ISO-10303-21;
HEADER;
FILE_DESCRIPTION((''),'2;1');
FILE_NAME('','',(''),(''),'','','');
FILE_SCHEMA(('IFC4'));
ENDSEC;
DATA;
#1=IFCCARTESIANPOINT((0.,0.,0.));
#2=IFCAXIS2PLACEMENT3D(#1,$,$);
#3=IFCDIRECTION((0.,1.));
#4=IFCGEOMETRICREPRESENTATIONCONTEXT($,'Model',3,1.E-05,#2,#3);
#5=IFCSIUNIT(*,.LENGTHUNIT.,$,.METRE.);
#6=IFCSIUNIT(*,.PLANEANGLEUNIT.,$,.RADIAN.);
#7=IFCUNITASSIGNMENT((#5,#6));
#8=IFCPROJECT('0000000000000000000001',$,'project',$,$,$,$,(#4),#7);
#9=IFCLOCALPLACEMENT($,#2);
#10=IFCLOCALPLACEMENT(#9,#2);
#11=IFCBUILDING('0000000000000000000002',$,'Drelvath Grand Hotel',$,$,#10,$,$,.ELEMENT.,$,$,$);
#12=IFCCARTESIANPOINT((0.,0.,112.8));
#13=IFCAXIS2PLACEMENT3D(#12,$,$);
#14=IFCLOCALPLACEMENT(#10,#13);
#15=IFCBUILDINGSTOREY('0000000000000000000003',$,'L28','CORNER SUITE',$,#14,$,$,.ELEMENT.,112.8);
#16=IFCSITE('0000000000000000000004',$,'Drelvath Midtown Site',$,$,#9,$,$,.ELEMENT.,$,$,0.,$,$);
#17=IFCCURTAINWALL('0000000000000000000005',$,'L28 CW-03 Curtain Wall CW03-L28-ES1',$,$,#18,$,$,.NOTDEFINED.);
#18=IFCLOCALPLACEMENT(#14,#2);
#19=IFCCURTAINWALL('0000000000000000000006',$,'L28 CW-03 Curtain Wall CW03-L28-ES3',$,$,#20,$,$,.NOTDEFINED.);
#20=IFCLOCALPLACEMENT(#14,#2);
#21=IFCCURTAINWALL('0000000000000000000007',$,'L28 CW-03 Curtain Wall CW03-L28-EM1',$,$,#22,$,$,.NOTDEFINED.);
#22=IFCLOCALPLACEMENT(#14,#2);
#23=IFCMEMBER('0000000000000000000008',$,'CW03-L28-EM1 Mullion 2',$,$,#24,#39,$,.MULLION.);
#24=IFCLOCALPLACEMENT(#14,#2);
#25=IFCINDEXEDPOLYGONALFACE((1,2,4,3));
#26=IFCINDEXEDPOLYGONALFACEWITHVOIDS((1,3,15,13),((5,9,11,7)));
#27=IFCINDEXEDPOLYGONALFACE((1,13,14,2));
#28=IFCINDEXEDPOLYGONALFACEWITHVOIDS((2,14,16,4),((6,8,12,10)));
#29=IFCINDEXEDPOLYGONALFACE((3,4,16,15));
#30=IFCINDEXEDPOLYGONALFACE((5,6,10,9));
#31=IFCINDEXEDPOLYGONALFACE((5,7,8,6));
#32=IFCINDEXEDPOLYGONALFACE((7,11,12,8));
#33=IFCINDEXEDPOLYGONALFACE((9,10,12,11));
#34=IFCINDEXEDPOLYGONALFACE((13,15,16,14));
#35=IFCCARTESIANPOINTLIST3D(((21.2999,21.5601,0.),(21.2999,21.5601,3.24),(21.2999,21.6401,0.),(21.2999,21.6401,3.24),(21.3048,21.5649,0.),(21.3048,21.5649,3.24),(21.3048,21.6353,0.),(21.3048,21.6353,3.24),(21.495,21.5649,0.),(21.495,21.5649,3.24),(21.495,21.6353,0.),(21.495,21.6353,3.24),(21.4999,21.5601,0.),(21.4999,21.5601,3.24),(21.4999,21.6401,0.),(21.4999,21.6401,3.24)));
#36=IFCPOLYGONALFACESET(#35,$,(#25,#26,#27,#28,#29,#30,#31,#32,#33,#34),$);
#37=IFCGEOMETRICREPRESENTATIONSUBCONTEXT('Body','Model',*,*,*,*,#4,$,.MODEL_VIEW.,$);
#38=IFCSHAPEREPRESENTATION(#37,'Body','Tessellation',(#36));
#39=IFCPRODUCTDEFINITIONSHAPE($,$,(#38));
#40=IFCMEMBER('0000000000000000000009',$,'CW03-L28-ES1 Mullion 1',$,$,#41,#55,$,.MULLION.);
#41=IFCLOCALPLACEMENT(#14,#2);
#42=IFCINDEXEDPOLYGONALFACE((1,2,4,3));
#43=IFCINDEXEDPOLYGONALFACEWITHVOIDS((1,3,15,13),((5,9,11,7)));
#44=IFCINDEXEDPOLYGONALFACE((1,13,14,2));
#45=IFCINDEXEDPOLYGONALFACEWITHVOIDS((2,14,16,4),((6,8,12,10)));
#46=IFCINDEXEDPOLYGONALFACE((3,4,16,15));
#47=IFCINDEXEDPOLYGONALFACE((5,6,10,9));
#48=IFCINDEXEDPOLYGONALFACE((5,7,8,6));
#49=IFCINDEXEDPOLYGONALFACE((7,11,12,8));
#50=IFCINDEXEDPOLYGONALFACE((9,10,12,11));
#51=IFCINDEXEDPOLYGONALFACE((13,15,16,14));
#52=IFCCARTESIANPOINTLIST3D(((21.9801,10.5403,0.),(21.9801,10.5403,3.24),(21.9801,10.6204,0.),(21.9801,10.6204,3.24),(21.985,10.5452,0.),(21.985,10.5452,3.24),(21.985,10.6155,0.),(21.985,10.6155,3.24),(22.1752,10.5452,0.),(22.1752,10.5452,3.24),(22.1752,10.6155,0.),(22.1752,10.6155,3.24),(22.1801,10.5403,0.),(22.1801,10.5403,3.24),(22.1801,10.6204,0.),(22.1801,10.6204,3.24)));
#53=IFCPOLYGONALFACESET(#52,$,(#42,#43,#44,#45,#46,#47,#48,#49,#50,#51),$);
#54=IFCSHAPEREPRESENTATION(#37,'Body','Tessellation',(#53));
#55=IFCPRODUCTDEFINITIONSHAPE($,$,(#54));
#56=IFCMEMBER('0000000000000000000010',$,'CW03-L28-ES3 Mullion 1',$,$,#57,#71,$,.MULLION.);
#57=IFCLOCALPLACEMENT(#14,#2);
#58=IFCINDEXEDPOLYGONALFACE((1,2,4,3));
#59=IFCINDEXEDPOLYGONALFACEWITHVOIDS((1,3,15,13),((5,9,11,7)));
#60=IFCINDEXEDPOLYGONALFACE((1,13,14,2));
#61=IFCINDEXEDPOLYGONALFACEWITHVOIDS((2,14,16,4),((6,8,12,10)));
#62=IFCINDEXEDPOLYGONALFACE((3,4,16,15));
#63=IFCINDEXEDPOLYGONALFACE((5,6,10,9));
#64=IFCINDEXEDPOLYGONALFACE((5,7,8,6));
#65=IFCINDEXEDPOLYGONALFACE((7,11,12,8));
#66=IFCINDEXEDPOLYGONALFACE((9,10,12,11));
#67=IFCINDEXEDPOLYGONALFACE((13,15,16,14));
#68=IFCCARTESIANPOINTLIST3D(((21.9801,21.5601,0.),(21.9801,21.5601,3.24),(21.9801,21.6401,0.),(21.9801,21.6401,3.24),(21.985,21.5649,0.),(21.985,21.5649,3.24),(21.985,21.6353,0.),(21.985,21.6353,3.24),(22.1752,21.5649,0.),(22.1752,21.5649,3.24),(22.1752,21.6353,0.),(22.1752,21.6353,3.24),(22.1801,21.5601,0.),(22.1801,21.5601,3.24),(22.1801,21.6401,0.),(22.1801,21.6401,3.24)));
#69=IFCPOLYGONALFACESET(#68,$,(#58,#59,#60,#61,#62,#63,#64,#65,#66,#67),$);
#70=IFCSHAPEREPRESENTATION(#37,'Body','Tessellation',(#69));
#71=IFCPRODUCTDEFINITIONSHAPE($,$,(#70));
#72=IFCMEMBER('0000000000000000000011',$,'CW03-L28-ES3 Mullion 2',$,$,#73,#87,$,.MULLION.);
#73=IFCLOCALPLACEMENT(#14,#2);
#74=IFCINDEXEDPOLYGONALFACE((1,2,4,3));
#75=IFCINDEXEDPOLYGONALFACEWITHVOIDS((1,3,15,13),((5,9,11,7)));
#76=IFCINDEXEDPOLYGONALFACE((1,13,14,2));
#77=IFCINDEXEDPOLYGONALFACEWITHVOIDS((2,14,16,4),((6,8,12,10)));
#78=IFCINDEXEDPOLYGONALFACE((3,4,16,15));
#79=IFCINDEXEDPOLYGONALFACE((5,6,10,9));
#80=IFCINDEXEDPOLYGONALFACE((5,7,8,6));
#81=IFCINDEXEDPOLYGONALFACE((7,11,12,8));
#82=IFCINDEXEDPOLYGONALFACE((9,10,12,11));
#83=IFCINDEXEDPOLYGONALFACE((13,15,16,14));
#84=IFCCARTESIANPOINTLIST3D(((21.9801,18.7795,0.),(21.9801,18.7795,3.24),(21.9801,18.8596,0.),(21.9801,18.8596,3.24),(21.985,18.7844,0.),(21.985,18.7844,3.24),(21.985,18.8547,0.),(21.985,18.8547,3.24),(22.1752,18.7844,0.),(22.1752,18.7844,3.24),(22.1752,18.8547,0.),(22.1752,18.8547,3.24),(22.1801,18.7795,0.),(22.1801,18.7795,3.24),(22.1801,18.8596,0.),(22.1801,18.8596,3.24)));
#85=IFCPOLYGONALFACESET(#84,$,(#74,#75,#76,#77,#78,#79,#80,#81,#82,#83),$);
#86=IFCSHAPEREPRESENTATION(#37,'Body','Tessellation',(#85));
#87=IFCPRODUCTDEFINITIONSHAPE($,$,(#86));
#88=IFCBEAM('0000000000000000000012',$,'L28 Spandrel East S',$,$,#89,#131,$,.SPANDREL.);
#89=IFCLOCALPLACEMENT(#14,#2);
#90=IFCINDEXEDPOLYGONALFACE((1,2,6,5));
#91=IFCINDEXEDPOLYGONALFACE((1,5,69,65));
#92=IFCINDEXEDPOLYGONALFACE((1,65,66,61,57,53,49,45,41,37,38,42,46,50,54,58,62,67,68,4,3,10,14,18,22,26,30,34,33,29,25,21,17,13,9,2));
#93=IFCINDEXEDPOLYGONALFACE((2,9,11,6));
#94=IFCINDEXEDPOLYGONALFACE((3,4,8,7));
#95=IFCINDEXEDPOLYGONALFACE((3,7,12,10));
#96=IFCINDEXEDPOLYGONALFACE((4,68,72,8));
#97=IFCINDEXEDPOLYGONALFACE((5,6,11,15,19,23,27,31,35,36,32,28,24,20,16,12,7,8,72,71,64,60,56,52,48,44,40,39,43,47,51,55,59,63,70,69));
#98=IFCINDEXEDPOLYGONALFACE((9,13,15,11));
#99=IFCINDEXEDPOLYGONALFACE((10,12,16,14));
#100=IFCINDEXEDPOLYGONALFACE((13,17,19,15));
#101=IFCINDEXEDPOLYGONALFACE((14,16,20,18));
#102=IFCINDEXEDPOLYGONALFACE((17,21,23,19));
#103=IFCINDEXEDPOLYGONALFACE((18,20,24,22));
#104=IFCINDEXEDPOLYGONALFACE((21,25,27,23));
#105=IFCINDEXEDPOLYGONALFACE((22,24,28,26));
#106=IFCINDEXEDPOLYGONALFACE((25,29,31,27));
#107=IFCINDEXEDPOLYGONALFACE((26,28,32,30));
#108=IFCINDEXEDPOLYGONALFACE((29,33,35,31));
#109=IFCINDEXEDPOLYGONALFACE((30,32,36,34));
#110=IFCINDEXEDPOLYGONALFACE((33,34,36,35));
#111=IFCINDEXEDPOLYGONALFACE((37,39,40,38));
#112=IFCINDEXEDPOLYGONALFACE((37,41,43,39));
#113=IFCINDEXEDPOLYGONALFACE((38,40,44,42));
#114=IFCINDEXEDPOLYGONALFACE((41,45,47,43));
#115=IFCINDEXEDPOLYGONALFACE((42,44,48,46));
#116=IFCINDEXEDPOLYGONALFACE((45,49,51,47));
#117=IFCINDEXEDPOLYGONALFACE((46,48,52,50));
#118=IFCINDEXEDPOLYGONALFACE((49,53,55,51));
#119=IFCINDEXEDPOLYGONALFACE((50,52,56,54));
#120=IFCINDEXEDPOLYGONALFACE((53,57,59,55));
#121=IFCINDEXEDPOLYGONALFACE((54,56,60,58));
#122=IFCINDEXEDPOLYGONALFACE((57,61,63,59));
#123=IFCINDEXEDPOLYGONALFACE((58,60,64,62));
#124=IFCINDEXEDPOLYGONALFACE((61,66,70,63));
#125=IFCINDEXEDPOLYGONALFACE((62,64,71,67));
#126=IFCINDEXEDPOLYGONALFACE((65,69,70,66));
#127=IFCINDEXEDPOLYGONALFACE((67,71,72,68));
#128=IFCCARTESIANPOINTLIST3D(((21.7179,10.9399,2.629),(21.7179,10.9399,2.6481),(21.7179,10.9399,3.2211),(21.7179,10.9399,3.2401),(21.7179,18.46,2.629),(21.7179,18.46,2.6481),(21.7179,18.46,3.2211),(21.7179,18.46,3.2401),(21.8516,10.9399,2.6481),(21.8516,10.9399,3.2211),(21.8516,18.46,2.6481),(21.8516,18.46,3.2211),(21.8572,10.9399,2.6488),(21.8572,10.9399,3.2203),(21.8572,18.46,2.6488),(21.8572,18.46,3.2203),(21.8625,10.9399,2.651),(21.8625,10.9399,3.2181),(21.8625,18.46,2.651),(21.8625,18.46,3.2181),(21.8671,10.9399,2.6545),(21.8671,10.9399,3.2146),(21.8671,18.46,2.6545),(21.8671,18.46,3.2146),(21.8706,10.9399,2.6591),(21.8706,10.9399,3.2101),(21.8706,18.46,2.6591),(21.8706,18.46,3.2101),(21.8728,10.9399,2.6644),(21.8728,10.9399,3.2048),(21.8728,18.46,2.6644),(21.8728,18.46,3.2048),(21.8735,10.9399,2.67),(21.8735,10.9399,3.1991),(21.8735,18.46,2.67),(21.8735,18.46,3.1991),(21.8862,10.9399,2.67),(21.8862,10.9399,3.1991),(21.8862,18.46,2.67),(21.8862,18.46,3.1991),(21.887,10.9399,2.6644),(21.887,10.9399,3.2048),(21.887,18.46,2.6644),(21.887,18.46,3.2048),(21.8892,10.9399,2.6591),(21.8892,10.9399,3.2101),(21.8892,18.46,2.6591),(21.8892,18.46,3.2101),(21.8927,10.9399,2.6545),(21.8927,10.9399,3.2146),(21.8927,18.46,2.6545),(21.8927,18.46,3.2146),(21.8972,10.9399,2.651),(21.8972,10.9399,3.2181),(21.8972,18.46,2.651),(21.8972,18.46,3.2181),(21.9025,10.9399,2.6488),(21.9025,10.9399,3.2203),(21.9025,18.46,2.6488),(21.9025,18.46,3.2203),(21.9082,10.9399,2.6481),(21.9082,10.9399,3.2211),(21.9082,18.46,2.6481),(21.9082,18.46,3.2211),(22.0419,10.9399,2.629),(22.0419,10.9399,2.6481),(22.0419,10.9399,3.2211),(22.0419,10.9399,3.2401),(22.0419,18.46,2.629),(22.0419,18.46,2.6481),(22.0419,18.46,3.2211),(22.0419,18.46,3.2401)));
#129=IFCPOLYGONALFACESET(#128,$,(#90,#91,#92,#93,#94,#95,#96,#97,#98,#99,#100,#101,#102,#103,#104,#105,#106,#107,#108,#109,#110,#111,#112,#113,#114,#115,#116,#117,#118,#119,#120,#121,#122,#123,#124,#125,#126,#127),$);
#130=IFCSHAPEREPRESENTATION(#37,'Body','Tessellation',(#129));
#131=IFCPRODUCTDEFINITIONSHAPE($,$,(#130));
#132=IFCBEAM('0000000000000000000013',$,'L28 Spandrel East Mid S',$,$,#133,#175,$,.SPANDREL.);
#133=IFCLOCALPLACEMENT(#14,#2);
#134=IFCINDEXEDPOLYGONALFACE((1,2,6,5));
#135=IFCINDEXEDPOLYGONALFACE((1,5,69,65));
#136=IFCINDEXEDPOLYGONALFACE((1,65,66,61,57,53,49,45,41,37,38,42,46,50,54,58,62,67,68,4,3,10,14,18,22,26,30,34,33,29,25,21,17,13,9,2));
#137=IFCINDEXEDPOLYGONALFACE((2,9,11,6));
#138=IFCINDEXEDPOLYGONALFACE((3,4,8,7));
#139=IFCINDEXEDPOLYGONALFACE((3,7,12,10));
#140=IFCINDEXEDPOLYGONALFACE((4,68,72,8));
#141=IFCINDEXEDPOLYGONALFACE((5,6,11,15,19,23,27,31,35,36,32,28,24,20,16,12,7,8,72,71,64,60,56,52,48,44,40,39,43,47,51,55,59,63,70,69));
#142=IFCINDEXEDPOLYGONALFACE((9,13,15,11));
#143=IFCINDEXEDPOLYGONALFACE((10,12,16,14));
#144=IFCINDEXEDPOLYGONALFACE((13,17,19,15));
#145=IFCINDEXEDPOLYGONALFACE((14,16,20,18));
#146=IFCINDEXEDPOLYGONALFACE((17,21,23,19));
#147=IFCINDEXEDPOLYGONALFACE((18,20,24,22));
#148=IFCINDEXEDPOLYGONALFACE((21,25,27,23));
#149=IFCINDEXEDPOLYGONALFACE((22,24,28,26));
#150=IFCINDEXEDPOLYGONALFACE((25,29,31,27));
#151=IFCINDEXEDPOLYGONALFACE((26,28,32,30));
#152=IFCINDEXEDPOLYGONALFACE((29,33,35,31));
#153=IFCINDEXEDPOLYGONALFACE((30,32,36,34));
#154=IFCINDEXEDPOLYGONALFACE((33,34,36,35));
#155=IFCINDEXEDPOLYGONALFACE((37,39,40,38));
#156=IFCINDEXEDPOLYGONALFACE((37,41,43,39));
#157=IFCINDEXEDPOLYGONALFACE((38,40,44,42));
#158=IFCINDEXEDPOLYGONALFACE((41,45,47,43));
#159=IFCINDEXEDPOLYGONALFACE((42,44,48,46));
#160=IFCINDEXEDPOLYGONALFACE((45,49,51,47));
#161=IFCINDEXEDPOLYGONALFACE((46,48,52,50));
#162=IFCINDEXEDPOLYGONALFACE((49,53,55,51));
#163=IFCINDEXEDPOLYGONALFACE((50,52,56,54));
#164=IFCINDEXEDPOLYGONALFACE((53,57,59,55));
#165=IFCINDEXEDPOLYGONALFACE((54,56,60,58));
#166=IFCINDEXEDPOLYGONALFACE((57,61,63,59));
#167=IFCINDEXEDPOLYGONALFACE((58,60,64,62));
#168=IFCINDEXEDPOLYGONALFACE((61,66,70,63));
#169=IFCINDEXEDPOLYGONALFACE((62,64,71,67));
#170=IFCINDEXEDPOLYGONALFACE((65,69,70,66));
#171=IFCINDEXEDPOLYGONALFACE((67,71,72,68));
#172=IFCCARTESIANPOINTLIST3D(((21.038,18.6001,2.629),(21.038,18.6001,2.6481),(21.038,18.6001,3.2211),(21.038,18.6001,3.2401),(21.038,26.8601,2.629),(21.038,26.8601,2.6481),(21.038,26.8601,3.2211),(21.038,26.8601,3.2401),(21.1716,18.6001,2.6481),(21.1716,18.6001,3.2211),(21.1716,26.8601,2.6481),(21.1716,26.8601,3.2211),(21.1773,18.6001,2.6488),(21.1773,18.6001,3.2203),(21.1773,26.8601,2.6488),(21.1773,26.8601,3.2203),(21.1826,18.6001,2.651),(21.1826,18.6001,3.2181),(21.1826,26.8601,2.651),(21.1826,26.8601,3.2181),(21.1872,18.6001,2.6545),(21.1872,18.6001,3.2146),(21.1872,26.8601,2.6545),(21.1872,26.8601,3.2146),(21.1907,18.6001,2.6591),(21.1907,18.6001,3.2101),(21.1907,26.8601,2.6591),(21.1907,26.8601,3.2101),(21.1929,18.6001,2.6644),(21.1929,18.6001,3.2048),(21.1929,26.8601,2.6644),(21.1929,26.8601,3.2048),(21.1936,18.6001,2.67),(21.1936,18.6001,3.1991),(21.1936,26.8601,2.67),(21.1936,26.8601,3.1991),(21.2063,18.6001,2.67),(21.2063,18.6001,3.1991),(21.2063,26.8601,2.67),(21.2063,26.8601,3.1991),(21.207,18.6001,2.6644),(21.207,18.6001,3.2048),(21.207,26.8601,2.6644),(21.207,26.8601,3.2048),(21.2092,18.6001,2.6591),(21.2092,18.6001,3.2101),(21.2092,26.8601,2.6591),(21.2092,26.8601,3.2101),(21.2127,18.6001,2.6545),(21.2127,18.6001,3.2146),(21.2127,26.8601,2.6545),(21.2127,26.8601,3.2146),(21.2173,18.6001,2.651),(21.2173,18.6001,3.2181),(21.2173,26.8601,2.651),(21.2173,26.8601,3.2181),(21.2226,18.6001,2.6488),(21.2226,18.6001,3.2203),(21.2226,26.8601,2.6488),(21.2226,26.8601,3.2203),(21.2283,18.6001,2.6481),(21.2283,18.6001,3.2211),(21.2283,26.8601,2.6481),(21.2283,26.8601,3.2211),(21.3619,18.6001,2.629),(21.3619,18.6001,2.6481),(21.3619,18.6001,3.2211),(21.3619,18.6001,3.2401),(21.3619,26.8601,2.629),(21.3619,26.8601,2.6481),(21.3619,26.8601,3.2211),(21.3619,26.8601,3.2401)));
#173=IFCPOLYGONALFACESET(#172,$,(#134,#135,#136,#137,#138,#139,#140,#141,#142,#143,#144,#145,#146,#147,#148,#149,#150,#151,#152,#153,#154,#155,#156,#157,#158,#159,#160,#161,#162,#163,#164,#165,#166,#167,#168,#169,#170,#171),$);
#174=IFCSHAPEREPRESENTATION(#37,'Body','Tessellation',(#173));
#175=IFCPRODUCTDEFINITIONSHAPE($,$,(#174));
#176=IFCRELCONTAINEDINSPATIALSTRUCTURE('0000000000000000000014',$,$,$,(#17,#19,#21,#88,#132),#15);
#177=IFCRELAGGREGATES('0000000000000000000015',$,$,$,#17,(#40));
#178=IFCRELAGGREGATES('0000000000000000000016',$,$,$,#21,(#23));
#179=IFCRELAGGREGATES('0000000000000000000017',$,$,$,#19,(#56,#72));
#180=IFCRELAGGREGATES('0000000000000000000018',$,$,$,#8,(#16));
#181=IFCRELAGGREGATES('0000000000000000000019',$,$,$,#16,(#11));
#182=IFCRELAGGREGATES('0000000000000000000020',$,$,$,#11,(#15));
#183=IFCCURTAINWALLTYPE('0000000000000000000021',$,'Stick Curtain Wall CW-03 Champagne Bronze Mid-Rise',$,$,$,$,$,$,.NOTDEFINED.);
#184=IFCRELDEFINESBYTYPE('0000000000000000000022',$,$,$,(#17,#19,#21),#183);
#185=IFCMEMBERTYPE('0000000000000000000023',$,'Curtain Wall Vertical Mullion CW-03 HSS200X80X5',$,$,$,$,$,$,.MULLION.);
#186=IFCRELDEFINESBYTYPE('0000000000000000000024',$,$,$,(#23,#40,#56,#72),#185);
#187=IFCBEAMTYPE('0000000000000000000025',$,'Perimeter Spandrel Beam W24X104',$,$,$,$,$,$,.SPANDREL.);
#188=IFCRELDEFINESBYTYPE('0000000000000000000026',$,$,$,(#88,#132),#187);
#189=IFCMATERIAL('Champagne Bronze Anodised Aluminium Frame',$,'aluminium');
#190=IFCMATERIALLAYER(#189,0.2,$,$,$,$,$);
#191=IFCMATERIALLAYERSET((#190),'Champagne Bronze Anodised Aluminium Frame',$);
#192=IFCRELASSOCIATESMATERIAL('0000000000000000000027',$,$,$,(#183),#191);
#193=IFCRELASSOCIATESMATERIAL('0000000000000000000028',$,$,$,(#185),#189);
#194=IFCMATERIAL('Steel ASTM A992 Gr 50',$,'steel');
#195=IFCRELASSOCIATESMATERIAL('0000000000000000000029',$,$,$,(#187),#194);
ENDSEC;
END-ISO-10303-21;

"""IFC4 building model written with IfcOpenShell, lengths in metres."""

from ifc_helpers import new_model, si_unit, direction, frame, origin, origin_2d, place, context, subcontext, project, spatial, hollow_rectangle, i_section, extrude, material, layer, layer_set, material_profile, profile_set, type_object, element, aggregate, save


model = new_model("IFC4")

# Units and contexts
model_context = context("Model", 3, precision=1e-05, world=origin(), true_north=direction((0.0, 1.0)))
body_context = subcontext(model_context, "Body", "Model", "MODEL_VIEW")
ifc_project = project(units=[si_unit("LENGTHUNIT", "METRE"), si_unit("PLANEANGLEUNIT", "RADIAN")], contexts=[model_context])

# Site, building, storey
site_placement = place(None, origin())
site = spatial("IfcSite", under=ifc_project, at=site_placement, Name="Drelvath Midtown Site", CompositionType="ELEMENT", RefElevation=0.0)
building_placement = place(site_placement, origin())
building = spatial("IfcBuilding", under=site, at=building_placement, Name="Drelvath Grand Hotel", CompositionType="ELEMENT")
storey_placement = place(building_placement, frame((0.0, 0.0, 112.8)))
storey = spatial("IfcBuildingStorey", under=building, at=storey_placement, Name="L28", Description="CORNER SUITE", CompositionType="ELEMENT", Elevation=112.8)

# Shared definitions
ifc_material_1 = material(Name="Steel ASTM A992 Gr 50", Category="steel")

# Curtain walls, member
ifc_material_2 = material(Name="Champagne Bronze Anodised Aluminium Frame", Category="aluminium")
ifc_layer_1 = layer(ifc_material_2, 0.2)
ifc_layer_set_1 = layer_set([ifc_layer_1], Name="Champagne Bronze Anodised Aluminium Frame")
curtain_wall_type = type_object("IfcCurtainWallType", Name="Stick Curtain Wall CW-03 Champagne Bronze Mid-Rise", PredefinedType="NOTDEFINED", material=ifc_layer_set_1)
curtain_wall_1_placement = place(storey_placement, origin())
curtain_wall_1 = element("IfcCurtainWall", 1, at=curtain_wall_1_placement, inside=storey, type_object=curtain_wall_type, Name="L28 CW-03 Curtain Wall CW03-L28-ES1", PredefinedType="NOTDEFINED")
curtain_wall_2_placement = place(storey_placement, origin())
curtain_wall_2 = element("IfcCurtainWall", 2, at=curtain_wall_2_placement, inside=storey, type_object=curtain_wall_type, Name="L28 CW-03 Curtain Wall CW03-L28-ES3", PredefinedType="NOTDEFINED")
curtain_wall_3_placement = place(storey_placement, origin())
curtain_wall_3 = element("IfcCurtainWall", 3, at=curtain_wall_3_placement, inside=storey, type_object=curtain_wall_type, Name="L28 CW-03 Curtain Wall CW03-L28-EM1", PredefinedType="NOTDEFINED")
ifc_material_profile_1 = material_profile(ifc_material_2, hollow_rectangle(XDim=0.0801, YDim=0.2, WallThickness=0.0049, at=origin_2d()), Name="HSS200X80X5")
ifc_profile_set_1 = profile_set([ifc_material_profile_1], Name="Champagne Bronze Anodised Aluminium Frame")
member_type_1 = type_object("IfcMemberType", Name="Curtain Wall Vertical Mullion CW-03 HSS200X80X5", PredefinedType="MULLION", material=ifc_profile_set_1)
member_1_placement = place(storey_placement, frame((21.3999, 21.6001, 0.0), z_axis=(0.0, 0.0, 1.0), x_axis=(0.0, 1.0, 0.0)))
member_1 = element("IfcMember", 4, at=member_1_placement, type_object=member_type_1, Name="CW03-L28-EM1 Mullion 2", PredefinedType="MULLION", context=body_context, shape_type="SweptSolid", body=[
    extrude(hollow_rectangle(XDim=0.0801, YDim=0.2, WallThickness=0.0049, at=origin_2d()), origin(), (0.0, 0.0, 1.0), 3.24),
])

# Members
member_2_placement = place(storey_placement, frame((22.0801, 10.5803, 0.0), z_axis=(0.0, 0.0, 1.0), x_axis=(0.0, 1.0, 0.0)))
member_2 = element("IfcMember", 5, at=member_2_placement, type_object=member_type_1, Name="CW03-L28-ES1 Mullion 1", PredefinedType="MULLION", context=body_context, shape_type="SweptSolid", body=[
    extrude(hollow_rectangle(XDim=0.0801, YDim=0.2, WallThickness=0.0049, at=origin_2d()), origin(), (0.0, 0.0, 1.0), 3.24),
])
aggregate(curtain_wall_1, [member_2])
member_3_placement = place(storey_placement, frame((22.0801, 21.6001, 0.0), z_axis=(0.0, 0.0, 1.0), x_axis=(0.0, 1.0, 0.0)))
member_3 = element("IfcMember", 6, at=member_3_placement, type_object=member_type_1, Name="CW03-L28-ES3 Mullion 1", PredefinedType="MULLION", context=body_context, shape_type="SweptSolid", body=[
    extrude(hollow_rectangle(XDim=0.0801, YDim=0.2, WallThickness=0.0049, at=origin_2d()), origin(), (0.0, 0.0, 1.0), 3.24),
])
member_4_placement = place(storey_placement, frame((22.0801, 18.8196, 0.0), z_axis=(0.0, 0.0, 1.0), x_axis=(0.0, 1.0, 0.0)))
member_4 = element("IfcMember", 7, at=member_4_placement, type_object=member_type_1, Name="CW03-L28-ES3 Mullion 2", PredefinedType="MULLION", context=body_context, shape_type="SweptSolid", body=[
    extrude(hollow_rectangle(XDim=0.0801, YDim=0.2, WallThickness=0.0049, at=origin_2d()), origin(), (0.0, 0.0, 1.0), 3.24),
])

# Beams
ifc_material_profile_2 = material_profile(ifc_material_1, i_section(OverallWidth=0.324, OverallDepth=0.6111, WebThickness=0.0127, FlangeThickness=0.019, FilletRadius=0.022, at=origin_2d()), Name="W24X104")
ifc_profile_set_2 = profile_set([ifc_material_profile_2], Name="Steel ASTM A992 Gr 50")
beam_type_1 = type_object("IfcBeamType", Name="Perimeter Spandrel Beam W24X104", PredefinedType="SPANDREL", material=ifc_profile_set_2)
beam_1_placement = place(storey_placement, frame((21.8799, 10.9399, 2.9346), z_axis=(0.0, 1.0, 0.0), x_axis=(-1.0, 0.0, 0.0)))
element("IfcBeam", 8, at=beam_1_placement, inside=storey, type_object=beam_type_1, Name="L28 Spandrel East S", PredefinedType="SPANDREL", context=body_context, shape_type="SweptSolid", body=[
    extrude(i_section(OverallWidth=0.324, OverallDepth=0.6111, WebThickness=0.0127, FlangeThickness=0.019, FilletRadius=0.022, at=origin_2d()), origin(), (0.0, 0.0, 1.0), 7.52),
])
beam_2_placement = place(storey_placement, frame((21.2, 18.6001, 2.9346), z_axis=(0.0, 1.0, 0.0), x_axis=(-1.0, 0.0, 0.0)))
element("IfcBeam", 9, at=beam_2_placement, inside=storey, type_object=beam_type_1, Name="L28 Spandrel East Mid S", PredefinedType="SPANDREL", context=body_context, shape_type="SweptSolid", body=[
    extrude(i_section(OverallWidth=0.324, OverallDepth=0.6111, WebThickness=0.0127, FlangeThickness=0.019, FilletRadius=0.022, at=origin_2d()), origin(), (0.0, 0.0, 1.0), 8.26),
])

aggregate(curtain_wall_3, [member_1])
aggregate(curtain_wall_2, [member_3, member_4])

save(model, "model.ifc")
